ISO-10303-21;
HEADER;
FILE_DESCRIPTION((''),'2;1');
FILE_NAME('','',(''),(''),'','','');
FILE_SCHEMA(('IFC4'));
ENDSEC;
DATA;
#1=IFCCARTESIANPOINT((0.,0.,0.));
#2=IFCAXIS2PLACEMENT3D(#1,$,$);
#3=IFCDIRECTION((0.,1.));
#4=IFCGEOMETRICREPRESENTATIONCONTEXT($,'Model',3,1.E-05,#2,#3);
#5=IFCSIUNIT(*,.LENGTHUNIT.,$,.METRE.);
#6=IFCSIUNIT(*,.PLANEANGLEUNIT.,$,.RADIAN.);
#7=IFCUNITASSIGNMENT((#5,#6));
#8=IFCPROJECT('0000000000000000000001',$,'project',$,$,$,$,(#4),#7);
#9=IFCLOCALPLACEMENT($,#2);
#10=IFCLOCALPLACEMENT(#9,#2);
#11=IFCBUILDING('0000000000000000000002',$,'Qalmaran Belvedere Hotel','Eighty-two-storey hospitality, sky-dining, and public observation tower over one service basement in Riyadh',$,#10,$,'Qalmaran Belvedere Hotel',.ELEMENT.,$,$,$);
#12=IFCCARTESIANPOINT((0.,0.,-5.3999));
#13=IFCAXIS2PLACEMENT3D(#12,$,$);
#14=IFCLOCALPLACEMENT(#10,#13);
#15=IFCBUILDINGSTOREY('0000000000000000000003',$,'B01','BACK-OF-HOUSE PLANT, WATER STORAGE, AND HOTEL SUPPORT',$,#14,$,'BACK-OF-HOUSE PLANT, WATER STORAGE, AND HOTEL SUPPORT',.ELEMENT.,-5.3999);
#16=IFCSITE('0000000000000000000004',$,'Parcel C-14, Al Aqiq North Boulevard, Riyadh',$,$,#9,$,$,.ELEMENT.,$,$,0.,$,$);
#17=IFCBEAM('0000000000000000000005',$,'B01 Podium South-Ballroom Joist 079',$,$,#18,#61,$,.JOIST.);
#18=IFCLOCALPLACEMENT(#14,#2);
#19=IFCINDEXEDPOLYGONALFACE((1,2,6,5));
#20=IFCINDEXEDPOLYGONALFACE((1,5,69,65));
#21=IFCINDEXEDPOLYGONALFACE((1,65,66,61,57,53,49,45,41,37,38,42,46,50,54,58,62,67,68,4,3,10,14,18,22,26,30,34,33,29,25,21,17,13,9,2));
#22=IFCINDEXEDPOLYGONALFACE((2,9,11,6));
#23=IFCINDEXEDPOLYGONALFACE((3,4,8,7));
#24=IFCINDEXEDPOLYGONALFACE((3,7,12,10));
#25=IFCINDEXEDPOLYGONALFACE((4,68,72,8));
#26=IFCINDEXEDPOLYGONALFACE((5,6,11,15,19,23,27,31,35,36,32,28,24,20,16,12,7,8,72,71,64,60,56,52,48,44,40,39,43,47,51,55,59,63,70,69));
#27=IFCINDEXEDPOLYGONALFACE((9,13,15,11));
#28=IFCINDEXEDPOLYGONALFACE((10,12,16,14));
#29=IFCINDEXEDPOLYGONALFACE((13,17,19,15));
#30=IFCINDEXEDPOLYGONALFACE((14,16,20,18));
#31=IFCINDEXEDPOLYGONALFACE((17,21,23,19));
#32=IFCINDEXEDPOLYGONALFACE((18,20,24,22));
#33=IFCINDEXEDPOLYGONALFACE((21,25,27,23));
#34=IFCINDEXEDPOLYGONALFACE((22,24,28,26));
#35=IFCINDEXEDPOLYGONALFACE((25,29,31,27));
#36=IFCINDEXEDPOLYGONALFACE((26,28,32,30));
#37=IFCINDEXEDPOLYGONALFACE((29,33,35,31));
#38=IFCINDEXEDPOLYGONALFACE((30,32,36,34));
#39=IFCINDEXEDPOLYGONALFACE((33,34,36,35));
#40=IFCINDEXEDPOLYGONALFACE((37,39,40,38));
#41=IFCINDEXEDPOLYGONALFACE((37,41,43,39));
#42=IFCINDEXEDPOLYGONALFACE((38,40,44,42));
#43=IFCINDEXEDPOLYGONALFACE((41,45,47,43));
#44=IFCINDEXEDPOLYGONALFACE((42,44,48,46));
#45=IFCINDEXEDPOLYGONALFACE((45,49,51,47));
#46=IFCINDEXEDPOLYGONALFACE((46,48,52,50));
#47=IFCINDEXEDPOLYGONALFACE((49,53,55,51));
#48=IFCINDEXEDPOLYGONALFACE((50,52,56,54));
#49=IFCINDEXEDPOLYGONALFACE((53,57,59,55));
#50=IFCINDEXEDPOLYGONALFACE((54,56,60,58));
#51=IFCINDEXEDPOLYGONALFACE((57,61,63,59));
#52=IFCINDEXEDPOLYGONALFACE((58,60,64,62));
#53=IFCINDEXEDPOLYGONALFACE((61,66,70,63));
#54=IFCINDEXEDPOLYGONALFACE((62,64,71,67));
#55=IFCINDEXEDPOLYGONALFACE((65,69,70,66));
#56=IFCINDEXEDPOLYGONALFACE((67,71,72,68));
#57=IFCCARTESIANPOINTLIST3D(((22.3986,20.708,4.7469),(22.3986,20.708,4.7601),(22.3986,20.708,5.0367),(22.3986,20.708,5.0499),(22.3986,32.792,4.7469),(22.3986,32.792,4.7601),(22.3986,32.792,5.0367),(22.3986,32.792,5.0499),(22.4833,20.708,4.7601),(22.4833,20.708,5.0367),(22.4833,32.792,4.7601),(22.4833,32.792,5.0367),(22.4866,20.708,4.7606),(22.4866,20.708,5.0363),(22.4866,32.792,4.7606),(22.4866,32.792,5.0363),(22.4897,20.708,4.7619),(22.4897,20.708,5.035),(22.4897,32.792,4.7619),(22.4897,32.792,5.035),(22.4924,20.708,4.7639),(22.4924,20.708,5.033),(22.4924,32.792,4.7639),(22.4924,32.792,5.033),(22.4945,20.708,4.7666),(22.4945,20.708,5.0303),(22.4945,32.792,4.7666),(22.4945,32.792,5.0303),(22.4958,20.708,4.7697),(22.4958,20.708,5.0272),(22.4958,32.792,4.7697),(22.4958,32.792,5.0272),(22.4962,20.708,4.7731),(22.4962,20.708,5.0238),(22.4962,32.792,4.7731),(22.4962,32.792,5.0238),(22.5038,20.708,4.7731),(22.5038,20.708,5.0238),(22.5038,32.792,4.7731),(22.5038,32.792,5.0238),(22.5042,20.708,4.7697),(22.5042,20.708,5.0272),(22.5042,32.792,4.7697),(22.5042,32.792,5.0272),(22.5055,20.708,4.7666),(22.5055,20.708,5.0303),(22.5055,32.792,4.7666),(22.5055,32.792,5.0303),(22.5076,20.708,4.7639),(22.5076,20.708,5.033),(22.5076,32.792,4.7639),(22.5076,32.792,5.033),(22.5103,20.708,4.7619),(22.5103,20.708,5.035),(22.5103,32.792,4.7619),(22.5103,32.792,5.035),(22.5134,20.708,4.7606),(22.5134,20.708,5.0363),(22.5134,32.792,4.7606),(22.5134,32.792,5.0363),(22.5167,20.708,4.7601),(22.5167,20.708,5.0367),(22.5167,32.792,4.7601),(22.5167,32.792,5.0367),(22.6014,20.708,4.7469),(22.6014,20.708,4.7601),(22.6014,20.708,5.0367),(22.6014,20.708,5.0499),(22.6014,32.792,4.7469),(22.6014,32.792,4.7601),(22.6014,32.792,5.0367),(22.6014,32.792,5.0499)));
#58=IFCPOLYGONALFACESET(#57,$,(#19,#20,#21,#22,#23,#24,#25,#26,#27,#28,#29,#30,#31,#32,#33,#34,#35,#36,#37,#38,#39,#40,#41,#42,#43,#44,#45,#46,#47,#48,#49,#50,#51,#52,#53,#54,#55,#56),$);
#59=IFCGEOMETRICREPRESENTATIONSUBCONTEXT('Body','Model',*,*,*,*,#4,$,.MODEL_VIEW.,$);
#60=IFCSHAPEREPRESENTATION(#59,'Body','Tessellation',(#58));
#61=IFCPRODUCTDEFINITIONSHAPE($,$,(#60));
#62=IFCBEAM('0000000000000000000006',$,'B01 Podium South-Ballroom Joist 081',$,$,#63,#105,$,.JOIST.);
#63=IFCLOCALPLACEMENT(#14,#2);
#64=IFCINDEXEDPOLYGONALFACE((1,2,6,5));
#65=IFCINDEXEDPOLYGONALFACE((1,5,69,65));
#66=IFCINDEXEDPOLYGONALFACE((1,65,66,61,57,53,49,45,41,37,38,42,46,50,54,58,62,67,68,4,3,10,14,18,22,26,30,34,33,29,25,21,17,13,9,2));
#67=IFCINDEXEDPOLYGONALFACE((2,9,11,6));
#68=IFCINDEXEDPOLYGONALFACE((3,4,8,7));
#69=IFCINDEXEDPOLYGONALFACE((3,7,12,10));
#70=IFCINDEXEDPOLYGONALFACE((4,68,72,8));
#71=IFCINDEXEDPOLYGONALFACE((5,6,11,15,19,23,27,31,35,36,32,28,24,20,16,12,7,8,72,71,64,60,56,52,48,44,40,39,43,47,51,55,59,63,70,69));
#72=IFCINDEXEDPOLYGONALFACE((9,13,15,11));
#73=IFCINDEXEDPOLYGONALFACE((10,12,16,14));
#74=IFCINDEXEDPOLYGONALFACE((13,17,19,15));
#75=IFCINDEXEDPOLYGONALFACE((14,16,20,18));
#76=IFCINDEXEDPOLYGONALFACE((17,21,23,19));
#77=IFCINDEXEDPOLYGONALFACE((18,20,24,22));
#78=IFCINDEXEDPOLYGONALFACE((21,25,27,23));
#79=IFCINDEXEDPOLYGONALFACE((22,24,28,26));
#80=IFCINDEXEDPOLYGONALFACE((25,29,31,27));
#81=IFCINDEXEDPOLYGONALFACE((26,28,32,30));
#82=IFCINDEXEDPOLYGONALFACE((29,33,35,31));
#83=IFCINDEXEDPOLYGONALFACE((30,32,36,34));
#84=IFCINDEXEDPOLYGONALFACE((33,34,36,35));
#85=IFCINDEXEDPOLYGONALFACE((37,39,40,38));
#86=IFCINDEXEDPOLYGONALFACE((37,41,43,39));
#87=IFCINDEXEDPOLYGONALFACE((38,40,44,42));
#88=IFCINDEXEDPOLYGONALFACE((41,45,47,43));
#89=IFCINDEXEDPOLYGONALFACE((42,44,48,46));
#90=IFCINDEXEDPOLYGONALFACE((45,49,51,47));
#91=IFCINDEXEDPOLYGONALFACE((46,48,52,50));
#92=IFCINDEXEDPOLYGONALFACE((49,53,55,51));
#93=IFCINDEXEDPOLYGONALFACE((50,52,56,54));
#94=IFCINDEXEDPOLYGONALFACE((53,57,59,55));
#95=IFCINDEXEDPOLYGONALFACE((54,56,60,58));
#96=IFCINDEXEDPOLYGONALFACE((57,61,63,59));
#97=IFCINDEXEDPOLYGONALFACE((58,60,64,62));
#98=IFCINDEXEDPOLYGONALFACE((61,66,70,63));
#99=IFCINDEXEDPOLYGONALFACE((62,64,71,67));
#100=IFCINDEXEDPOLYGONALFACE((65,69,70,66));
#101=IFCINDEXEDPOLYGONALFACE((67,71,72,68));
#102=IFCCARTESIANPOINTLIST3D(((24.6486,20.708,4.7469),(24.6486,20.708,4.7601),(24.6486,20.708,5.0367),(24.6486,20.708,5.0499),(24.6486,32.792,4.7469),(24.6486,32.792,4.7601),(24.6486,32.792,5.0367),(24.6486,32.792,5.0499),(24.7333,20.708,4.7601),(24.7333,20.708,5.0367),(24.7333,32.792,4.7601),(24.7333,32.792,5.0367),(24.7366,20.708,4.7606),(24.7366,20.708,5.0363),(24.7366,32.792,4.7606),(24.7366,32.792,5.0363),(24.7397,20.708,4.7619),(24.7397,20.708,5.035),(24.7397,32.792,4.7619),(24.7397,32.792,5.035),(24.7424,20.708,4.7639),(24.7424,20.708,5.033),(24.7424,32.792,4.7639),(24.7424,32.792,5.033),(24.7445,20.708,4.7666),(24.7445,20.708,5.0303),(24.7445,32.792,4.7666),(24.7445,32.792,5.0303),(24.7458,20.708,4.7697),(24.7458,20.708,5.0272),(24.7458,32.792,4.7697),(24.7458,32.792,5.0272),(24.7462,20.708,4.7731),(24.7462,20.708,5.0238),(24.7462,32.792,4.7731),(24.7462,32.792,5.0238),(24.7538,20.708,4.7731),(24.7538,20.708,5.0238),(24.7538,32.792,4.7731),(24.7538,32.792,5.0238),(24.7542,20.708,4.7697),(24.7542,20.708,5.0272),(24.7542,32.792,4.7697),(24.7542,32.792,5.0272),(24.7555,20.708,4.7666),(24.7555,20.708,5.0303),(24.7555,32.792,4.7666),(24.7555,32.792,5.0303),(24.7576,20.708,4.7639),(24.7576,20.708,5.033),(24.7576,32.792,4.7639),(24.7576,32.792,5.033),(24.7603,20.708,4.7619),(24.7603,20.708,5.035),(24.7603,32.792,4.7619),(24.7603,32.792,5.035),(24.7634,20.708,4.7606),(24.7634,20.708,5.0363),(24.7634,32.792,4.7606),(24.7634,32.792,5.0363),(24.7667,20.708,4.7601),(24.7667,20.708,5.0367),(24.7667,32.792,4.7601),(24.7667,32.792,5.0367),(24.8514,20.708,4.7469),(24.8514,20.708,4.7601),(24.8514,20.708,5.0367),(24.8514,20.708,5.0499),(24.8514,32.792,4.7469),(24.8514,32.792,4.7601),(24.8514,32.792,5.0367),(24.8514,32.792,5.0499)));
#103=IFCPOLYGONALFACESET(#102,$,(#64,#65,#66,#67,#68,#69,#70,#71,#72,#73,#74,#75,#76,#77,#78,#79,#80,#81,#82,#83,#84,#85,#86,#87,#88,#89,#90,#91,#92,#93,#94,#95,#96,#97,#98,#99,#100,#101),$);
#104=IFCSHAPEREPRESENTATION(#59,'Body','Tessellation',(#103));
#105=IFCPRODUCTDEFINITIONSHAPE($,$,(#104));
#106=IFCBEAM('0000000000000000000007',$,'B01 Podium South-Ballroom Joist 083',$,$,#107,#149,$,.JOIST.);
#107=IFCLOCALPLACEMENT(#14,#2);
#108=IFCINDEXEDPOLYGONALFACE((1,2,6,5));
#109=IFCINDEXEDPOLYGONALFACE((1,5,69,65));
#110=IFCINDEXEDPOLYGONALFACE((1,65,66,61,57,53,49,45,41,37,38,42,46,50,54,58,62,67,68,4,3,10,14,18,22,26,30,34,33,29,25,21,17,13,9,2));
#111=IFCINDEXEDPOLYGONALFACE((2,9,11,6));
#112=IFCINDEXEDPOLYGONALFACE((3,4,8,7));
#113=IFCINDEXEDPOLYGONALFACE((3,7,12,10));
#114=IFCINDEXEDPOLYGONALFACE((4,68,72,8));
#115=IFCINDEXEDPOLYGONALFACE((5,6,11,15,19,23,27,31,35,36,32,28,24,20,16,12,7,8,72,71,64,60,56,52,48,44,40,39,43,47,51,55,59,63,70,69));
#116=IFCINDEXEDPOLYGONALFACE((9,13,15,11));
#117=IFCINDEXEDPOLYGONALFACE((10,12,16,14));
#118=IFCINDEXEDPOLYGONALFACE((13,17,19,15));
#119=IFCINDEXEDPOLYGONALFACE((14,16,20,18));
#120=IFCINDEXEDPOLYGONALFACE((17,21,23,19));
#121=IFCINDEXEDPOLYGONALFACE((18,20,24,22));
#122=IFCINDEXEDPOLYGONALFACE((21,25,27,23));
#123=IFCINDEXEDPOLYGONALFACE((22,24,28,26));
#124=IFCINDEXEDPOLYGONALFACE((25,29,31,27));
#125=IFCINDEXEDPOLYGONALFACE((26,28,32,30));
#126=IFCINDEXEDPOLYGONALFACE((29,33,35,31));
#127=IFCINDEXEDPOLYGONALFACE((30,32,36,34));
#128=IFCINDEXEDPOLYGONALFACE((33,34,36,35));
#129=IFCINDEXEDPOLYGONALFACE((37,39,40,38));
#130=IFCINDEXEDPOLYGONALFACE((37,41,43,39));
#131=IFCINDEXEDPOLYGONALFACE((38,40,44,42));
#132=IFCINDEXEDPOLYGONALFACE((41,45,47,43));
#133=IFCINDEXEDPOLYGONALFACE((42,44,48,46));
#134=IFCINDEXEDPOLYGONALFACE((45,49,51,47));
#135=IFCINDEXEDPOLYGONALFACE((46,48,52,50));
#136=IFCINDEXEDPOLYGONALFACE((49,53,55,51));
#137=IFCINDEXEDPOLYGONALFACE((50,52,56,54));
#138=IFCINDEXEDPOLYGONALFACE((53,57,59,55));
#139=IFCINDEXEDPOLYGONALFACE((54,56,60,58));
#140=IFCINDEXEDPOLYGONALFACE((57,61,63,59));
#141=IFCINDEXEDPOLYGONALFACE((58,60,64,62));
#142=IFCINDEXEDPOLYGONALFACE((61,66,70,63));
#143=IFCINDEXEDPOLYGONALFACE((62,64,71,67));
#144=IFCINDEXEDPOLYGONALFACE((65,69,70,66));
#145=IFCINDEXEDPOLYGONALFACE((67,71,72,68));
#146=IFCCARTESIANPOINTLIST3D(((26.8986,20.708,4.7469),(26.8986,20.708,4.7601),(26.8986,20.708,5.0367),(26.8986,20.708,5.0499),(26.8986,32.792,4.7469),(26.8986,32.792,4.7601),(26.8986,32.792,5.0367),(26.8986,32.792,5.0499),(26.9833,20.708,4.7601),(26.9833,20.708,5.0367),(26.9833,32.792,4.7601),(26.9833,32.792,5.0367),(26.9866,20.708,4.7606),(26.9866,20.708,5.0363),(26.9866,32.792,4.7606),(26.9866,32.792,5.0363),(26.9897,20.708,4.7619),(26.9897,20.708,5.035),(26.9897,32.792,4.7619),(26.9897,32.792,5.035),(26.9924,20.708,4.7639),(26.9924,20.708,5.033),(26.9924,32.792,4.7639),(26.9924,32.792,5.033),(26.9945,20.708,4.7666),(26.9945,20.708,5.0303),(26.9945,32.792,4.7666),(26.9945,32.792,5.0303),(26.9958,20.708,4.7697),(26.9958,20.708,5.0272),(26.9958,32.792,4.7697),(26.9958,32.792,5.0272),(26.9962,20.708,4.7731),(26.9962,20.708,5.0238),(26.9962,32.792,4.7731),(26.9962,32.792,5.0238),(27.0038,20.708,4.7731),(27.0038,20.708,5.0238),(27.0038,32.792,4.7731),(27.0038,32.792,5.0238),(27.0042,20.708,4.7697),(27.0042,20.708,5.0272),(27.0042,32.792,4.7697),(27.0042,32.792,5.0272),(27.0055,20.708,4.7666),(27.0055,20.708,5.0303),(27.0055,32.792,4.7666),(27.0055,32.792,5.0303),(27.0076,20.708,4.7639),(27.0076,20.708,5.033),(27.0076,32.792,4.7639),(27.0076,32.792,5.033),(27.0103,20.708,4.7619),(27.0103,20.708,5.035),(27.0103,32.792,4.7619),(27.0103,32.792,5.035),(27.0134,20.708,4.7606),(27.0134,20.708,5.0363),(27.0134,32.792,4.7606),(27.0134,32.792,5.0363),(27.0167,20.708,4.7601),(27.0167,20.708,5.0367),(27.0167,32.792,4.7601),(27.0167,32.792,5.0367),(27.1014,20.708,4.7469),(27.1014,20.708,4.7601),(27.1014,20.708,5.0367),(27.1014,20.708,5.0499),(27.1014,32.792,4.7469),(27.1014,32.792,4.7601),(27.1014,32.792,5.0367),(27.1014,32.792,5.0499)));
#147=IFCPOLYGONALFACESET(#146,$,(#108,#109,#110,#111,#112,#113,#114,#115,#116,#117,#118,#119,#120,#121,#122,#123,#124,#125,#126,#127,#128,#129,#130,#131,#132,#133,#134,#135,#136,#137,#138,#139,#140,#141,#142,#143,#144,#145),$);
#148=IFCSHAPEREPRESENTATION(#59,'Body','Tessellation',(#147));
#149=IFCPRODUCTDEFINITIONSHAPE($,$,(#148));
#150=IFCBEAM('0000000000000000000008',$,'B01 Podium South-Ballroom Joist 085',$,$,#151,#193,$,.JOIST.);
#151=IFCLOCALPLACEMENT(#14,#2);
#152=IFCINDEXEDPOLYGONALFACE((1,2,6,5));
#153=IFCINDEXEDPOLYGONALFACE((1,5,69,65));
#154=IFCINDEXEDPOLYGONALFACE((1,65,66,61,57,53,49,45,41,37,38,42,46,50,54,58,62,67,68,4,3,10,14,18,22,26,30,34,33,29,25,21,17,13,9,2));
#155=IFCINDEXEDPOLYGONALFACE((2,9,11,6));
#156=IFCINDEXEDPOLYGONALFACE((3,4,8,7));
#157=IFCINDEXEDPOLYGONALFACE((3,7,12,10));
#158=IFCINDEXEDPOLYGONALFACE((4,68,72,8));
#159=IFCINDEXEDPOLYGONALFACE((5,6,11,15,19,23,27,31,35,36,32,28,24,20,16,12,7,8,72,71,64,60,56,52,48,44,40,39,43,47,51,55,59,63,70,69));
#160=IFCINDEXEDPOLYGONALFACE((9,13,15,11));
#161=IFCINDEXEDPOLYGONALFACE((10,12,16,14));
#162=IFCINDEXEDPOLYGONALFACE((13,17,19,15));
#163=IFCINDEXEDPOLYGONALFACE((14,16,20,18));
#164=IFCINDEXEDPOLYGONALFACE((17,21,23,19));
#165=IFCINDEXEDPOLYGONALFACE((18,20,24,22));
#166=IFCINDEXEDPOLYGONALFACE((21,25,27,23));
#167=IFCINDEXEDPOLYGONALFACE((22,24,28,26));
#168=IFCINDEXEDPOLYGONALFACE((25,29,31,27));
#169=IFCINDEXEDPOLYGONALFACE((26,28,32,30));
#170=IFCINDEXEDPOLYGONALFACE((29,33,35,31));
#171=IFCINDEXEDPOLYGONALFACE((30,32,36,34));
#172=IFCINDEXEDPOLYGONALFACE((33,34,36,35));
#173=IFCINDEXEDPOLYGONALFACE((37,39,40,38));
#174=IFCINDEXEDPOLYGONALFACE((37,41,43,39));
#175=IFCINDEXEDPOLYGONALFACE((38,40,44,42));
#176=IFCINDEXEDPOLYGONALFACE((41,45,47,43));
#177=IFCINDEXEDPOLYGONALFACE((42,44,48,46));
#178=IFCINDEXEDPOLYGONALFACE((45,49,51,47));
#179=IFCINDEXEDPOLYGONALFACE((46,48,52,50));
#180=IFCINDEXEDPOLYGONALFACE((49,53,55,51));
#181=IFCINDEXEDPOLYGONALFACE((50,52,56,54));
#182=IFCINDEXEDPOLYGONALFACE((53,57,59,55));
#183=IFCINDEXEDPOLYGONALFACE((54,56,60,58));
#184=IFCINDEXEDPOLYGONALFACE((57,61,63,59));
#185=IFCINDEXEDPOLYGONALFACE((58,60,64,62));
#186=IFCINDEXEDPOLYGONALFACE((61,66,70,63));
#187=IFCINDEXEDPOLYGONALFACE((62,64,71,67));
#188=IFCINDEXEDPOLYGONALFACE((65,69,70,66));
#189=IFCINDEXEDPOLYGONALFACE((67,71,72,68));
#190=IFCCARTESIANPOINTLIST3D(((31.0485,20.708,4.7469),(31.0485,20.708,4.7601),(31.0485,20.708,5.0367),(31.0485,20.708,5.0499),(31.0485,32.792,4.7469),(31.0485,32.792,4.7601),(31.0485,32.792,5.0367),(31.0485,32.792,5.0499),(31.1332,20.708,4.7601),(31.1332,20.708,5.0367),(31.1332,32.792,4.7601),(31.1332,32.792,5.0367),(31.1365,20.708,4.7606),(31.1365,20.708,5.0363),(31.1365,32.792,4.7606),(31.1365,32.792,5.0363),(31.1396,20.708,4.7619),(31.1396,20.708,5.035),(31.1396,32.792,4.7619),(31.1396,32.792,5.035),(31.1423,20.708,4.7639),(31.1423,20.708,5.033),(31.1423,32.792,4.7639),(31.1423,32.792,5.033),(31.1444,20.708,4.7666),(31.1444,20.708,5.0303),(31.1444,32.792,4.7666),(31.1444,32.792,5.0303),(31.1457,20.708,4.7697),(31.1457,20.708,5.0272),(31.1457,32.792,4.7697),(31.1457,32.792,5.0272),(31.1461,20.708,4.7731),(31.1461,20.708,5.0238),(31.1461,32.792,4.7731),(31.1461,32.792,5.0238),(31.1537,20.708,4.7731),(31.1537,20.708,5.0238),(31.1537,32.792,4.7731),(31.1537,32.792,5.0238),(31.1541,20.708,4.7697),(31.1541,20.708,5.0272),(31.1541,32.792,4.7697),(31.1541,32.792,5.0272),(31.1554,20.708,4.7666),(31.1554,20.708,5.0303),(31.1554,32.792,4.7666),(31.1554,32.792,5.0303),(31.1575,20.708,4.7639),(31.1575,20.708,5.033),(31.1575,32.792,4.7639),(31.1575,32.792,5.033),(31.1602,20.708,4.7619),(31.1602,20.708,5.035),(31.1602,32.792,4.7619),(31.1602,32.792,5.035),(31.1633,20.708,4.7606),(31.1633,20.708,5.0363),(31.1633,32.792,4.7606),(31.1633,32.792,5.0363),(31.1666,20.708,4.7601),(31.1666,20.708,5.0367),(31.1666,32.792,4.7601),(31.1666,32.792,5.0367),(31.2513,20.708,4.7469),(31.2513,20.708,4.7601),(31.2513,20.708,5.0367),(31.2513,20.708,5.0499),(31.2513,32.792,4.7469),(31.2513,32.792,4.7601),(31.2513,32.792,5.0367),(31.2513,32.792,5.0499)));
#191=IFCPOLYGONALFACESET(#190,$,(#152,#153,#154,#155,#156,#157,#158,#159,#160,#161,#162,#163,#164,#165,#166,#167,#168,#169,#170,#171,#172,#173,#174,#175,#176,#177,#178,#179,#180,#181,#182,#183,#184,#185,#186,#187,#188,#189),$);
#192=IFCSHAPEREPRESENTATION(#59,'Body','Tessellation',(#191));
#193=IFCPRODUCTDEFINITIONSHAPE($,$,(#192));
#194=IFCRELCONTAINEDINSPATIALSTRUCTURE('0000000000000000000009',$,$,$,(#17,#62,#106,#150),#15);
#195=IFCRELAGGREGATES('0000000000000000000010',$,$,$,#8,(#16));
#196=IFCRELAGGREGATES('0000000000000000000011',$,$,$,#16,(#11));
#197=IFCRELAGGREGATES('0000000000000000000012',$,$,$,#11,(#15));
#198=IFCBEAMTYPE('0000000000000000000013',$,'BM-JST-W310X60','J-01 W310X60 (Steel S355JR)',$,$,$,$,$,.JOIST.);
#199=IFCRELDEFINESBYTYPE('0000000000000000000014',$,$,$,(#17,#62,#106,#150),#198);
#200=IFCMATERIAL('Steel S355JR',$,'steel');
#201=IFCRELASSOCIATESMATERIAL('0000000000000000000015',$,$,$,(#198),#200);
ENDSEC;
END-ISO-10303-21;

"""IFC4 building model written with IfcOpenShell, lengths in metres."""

from ifc_helpers import new_model, si_unit, direction, frame, origin, origin_2d, place, context, subcontext, project, spatial, i_section, extrude, material, material_profile, profile_set, type_object, element, save


model = new_model("IFC4")

# Units and contexts
model_context = context("Model", 3, precision=1e-05, world=origin(), true_north=direction((0.0, 1.0)))
body_context = subcontext(model_context, "Body", "Model", "MODEL_VIEW")
ifc_project = project(units=[si_unit("LENGTHUNIT", "METRE"), si_unit("PLANEANGLEUNIT", "RADIAN")], contexts=[model_context])

# Site, building, storey
site_placement = place(None, origin())
site = spatial("IfcSite", under=ifc_project, at=site_placement, Name="Parcel C-14, Al Aqiq North Boulevard, Riyadh", CompositionType="ELEMENT", RefElevation=0.0)
building_placement = place(site_placement, origin())
building = spatial("IfcBuilding", under=site, at=building_placement, Name="Qalmaran Belvedere Hotel", Description="Eighty-two-storey hospitality, sky-dining, and public observation tower over one service basement in Riyadh", LongName="Qalmaran Belvedere Hotel", CompositionType="ELEMENT")
storey_placement = place(building_placement, frame((0.0, 0.0, -5.3999)))
storey = spatial("IfcBuildingStorey", under=building, at=storey_placement, Name="B01", Description="BACK-OF-HOUSE PLANT, WATER STORAGE, AND HOTEL SUPPORT", LongName="BACK-OF-HOUSE PLANT, WATER STORAGE, AND HOTEL SUPPORT", CompositionType="ELEMENT", Elevation=-5.3999)

# Beams
ifc_material_1 = material(Name="Steel S355JR", Category="steel")
ifc_material_profile_1 = material_profile(ifc_material_1, i_section(OverallWidth=0.2029, OverallDepth=0.303, WebThickness=0.0076, FlangeThickness=0.0132, FilletRadius=0.0129, at=origin_2d()), Name="W310X60")
ifc_profile_set_1 = profile_set([ifc_material_profile_1], Name="Steel S355JR")
beam_type_1 = type_object("IfcBeamType", Name="BM-JST-W310X60", Description="J-01 W310X60 (Steel S355JR)", PredefinedType="JOIST", material=ifc_profile_set_1)
for number, where, z_axis, x_axis, name in (
    (1, (22.5, 20.708, 4.8984), (0.0, 1.0, 0.0), (-1.0, 0.0, 0.0), "B01 Podium South-Ballroom Joist 079"),
    (2, (24.75, 20.708, 4.8984), (0.0, 1.0, 0.0), (-1.0, 0.0, 0.0), "B01 Podium South-Ballroom Joist 081"),
    (3, (27.0, 20.708, 4.8984), (0.0, 1.0, 0.0), (-1.0, 0.0, 0.0), "B01 Podium South-Ballroom Joist 083"),
    (4, (31.1499, 20.708, 4.8984), (0.0, 1.0, 0.0), (-1.0, 0.0, 0.0), "B01 Podium South-Ballroom Joist 085"),
):
    element("IfcBeam", number, at=place(storey_placement, frame(where, z_axis=z_axis, x_axis=x_axis)), inside=storey, type_object=beam_type_1, Name=name, PredefinedType="JOIST", context=body_context, shape_type="SweptSolid", body=[
        extrude(i_section(OverallWidth=0.2029, OverallDepth=0.303, WebThickness=0.0076, FlangeThickness=0.0132, FilletRadius=0.0129, at=origin_2d()), origin(), (0.0, 0.0, 1.0), 12.084),
    ])

save(model, "model.ifc")
